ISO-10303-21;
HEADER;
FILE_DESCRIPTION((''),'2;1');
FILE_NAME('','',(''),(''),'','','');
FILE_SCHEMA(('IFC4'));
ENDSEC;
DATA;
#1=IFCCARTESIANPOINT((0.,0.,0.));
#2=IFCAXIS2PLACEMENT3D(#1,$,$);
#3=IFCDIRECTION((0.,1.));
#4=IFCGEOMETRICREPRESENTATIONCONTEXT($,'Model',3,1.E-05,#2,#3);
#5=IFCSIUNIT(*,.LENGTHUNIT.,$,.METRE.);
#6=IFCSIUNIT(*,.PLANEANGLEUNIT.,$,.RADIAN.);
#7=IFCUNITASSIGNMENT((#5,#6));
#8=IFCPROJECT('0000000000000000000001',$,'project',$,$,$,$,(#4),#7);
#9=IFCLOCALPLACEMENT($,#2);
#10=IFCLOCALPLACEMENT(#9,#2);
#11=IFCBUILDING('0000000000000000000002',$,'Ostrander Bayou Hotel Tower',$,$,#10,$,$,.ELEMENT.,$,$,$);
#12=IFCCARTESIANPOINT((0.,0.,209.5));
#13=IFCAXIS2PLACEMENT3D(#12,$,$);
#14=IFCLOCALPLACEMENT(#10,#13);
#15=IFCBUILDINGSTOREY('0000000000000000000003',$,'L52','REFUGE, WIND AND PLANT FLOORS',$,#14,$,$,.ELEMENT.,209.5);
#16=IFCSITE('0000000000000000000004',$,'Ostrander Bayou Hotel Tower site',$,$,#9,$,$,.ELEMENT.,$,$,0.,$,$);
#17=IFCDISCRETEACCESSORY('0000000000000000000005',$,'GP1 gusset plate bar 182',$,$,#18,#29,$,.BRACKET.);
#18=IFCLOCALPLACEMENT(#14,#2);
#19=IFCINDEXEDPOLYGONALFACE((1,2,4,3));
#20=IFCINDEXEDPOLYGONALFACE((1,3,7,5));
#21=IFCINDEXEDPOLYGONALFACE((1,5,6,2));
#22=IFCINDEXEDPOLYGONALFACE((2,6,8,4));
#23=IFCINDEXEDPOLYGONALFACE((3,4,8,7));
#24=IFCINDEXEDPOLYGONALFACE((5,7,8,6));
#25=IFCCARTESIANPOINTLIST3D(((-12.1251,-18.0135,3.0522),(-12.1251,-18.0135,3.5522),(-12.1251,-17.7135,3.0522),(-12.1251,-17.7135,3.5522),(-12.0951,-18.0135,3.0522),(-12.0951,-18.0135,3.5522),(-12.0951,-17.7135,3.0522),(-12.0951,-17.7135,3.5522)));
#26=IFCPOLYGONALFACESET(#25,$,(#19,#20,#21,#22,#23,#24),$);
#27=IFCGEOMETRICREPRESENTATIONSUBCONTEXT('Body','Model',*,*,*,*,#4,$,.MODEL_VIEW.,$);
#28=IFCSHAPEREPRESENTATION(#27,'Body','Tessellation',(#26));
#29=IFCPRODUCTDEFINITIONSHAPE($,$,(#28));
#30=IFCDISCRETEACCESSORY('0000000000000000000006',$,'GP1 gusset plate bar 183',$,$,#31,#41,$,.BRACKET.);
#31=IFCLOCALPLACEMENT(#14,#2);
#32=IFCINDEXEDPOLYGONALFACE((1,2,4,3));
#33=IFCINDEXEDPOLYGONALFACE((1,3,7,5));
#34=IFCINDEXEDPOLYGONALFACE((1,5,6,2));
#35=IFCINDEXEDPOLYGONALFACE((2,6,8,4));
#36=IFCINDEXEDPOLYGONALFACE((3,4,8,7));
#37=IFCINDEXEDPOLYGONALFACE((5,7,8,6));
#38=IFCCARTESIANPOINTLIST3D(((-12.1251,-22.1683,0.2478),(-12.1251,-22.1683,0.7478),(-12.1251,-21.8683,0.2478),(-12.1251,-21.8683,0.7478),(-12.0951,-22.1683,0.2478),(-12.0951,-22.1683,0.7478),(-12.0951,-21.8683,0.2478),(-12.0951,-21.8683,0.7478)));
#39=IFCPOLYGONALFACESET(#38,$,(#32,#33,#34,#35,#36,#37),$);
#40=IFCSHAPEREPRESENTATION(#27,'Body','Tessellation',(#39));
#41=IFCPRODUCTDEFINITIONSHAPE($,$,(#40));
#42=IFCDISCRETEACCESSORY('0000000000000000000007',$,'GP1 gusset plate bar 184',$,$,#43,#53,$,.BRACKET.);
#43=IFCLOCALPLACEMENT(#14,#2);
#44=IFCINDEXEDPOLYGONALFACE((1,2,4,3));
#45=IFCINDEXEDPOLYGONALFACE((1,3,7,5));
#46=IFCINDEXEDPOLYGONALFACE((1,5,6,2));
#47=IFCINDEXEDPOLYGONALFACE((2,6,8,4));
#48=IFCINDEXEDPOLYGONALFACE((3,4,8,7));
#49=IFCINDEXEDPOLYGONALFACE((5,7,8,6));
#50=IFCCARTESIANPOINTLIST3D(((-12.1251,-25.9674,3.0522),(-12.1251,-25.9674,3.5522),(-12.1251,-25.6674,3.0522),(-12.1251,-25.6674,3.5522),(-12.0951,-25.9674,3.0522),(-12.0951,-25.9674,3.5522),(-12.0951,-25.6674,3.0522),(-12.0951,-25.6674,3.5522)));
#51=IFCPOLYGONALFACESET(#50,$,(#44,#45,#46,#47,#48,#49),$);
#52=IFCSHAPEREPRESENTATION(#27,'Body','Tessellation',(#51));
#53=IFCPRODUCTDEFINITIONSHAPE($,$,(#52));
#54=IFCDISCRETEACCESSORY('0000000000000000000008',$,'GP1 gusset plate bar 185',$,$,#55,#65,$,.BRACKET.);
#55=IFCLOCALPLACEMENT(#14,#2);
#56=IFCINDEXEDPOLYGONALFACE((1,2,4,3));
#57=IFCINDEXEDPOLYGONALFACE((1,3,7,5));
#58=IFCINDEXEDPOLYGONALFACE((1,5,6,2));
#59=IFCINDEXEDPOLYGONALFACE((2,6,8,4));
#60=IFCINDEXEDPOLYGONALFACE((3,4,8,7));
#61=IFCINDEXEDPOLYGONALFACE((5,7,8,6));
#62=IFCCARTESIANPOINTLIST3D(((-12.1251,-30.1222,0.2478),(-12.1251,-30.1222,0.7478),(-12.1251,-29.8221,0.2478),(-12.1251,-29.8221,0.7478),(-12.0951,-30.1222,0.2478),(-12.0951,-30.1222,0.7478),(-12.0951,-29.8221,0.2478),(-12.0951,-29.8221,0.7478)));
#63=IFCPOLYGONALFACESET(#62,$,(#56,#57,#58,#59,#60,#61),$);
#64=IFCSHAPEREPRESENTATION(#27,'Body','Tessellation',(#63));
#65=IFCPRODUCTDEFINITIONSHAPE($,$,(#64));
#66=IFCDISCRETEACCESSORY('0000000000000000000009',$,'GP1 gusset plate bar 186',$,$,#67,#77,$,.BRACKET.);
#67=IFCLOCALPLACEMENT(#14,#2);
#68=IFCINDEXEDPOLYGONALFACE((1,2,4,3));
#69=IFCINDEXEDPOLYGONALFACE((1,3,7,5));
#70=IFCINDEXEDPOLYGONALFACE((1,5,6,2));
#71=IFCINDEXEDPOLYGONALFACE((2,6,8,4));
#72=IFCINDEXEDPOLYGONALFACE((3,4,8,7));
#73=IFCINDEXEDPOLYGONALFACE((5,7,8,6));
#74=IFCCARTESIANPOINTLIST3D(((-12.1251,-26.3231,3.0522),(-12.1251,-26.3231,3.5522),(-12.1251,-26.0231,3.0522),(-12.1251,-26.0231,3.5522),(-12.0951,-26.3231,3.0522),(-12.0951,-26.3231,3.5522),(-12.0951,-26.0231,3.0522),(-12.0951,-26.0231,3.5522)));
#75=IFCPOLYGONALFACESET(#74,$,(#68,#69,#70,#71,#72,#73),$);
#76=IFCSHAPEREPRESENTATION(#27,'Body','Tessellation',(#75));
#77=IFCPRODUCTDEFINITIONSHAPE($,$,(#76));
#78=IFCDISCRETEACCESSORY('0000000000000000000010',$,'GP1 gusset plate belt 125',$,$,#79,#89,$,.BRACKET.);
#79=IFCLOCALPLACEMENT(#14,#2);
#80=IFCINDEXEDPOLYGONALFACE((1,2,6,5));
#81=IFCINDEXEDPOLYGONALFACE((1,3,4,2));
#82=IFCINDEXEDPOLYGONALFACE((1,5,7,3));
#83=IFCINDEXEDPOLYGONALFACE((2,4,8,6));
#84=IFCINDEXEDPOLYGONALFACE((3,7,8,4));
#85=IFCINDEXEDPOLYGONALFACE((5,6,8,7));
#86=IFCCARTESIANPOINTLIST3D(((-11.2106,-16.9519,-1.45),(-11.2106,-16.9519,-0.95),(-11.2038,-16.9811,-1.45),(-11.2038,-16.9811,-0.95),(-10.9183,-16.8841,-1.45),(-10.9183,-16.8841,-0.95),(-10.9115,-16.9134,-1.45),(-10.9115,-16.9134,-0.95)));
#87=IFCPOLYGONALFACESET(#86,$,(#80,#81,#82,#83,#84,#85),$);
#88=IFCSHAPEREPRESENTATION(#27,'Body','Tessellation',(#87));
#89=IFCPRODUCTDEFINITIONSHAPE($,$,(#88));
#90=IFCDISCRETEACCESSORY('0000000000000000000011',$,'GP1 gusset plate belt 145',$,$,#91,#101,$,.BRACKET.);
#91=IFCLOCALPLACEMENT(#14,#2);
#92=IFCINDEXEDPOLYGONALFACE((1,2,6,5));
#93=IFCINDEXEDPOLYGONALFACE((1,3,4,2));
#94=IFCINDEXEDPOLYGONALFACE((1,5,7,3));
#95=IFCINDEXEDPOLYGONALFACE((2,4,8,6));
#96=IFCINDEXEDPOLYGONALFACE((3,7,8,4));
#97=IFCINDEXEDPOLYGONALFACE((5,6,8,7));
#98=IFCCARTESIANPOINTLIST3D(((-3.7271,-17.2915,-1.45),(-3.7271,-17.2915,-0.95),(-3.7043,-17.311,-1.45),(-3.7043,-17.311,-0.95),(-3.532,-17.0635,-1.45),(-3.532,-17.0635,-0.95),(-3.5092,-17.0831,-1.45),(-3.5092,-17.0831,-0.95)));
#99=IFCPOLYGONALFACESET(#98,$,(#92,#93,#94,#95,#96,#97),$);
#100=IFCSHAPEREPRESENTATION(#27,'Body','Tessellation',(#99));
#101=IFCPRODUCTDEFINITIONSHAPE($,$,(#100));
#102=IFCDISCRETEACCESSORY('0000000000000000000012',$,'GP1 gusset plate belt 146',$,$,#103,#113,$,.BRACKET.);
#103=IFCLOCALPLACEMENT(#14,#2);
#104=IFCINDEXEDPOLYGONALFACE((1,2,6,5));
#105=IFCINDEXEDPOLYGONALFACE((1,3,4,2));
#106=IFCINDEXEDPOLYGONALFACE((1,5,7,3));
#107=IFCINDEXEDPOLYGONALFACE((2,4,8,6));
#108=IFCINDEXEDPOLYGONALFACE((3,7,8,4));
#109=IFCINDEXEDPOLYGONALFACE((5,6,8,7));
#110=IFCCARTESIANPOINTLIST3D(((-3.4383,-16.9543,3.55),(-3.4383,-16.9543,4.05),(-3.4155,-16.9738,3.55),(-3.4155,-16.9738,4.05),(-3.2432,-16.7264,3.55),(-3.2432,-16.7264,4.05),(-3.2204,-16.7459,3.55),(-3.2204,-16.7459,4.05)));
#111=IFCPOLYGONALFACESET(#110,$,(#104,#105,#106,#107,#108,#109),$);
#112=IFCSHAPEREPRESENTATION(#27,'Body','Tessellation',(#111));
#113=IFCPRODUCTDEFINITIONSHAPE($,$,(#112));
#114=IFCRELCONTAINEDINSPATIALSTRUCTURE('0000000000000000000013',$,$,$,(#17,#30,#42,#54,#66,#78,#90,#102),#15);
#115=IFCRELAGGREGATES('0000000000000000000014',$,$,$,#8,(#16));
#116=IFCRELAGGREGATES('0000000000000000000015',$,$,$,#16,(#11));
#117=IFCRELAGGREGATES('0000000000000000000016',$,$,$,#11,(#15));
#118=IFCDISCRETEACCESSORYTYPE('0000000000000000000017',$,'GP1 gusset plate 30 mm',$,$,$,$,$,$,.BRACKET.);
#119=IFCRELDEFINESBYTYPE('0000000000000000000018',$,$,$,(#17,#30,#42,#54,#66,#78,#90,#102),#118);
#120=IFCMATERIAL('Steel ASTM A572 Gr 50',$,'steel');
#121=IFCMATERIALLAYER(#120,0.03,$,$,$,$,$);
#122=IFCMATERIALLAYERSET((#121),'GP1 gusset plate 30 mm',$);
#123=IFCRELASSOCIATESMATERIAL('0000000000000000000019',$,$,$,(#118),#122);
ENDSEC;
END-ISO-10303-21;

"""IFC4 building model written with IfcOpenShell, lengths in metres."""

from ifc_helpers import new_model, si_unit, direction, frame, origin, origin_2d, place, context, subcontext, project, spatial, rectangle, extrude, material, layer, layer_set, type_object, element, save


model = new_model("IFC4")

# Units and contexts
model_context = context("Model", 3, precision=1e-05, world=origin(), true_north=direction((0.0, 1.0)))
body_context = subcontext(model_context, "Body", "Model", "MODEL_VIEW")
ifc_project = project(units=[si_unit("LENGTHUNIT", "METRE"), si_unit("PLANEANGLEUNIT", "RADIAN")], contexts=[model_context])

# Site, building, storey
site_placement = place(None, origin())
site = spatial("IfcSite", under=ifc_project, at=site_placement, Name="Ostrander Bayou Hotel Tower site", CompositionType="ELEMENT", RefElevation=0.0)
building_placement = place(site_placement, origin())
building = spatial("IfcBuilding", under=site, at=building_placement, Name="Ostrander Bayou Hotel Tower", CompositionType="ELEMENT")
storey_placement = place(building_placement, frame((0.0, 0.0, 209.5)))
storey = spatial("IfcBuildingStorey", under=building, at=storey_placement, Name="L52", Description="REFUGE, WIND AND PLANT FLOORS", CompositionType="ELEMENT", Elevation=209.5)

# Discrete accessories
ifc_material_1 = material(Name="Steel ASTM A572 Gr 50", Category="steel")
ifc_layer = layer(ifc_material_1, 0.03)
ifc_layer_set = layer_set([ifc_layer], Name="GP1 gusset plate 30 mm")
discrete_accessory_type = type_object("IfcDiscreteAccessoryType", Name="GP1 gusset plate 30 mm", PredefinedType="BRACKET", material=ifc_layer_set)
for number, where, z_axis, x_axis, name in (
    (1, (-12.1101, -17.8635, 3.0522), (0.0, 0.0, 1.0), (0.0, 1.0, 0.0), "GP1 gusset plate bar 182"),
    (2, (-12.1101, -22.0183, 0.2478), (0.0, 0.0, 1.0), (0.0, -1.0, 0.0), "GP1 gusset plate bar 183"),
    (3, (-12.1101, -25.8174, 3.0522), (0.0, 0.0, 1.0), (0.0, -1.0, 0.0), "GP1 gusset plate bar 184"),
    (4, (-12.1101, -29.9722, 0.2478), (0.0, 0.0, 1.0), (0.0, 1.0, 0.0), "GP1 gusset plate bar 185"),
    (5, (-12.1101, -26.1731, 3.0522), (0.0, 0.0, 1.0), (0.0, 1.0, 0.0), "GP1 gusset plate bar 186"),
    (6, (-11.061, -16.9326, -1.45), (0.0, 0.0, 1.0), (0.974166, 0.225835, 0.0), "GP1 gusset plate belt 125"),
    (7, (-3.6182, -17.1873, -1.45), (0.0, 0.0, 1.0), (0.650363, 0.759623, 0.0), "GP1 gusset plate belt 145"),
    (8, (-3.3293, -16.8501, 3.55), (0.0, 0.0, 1.0), (0.650363, 0.759623, 0.0), "GP1 gusset plate belt 146"),
):
    element("IfcDiscreteAccessory", number, at=place(storey_placement, frame(where, z_axis=z_axis, x_axis=x_axis)), inside=storey, type_object=discrete_accessory_type, Name=name, PredefinedType="BRACKET", context=body_context, shape_type="SweptSolid", body=[
        extrude(rectangle(XDim=0.3, YDim=0.03, at=origin_2d()), origin(), (0.0, 0.0, 1.0), 0.5),
    ])

save(model, "model.ifc")
